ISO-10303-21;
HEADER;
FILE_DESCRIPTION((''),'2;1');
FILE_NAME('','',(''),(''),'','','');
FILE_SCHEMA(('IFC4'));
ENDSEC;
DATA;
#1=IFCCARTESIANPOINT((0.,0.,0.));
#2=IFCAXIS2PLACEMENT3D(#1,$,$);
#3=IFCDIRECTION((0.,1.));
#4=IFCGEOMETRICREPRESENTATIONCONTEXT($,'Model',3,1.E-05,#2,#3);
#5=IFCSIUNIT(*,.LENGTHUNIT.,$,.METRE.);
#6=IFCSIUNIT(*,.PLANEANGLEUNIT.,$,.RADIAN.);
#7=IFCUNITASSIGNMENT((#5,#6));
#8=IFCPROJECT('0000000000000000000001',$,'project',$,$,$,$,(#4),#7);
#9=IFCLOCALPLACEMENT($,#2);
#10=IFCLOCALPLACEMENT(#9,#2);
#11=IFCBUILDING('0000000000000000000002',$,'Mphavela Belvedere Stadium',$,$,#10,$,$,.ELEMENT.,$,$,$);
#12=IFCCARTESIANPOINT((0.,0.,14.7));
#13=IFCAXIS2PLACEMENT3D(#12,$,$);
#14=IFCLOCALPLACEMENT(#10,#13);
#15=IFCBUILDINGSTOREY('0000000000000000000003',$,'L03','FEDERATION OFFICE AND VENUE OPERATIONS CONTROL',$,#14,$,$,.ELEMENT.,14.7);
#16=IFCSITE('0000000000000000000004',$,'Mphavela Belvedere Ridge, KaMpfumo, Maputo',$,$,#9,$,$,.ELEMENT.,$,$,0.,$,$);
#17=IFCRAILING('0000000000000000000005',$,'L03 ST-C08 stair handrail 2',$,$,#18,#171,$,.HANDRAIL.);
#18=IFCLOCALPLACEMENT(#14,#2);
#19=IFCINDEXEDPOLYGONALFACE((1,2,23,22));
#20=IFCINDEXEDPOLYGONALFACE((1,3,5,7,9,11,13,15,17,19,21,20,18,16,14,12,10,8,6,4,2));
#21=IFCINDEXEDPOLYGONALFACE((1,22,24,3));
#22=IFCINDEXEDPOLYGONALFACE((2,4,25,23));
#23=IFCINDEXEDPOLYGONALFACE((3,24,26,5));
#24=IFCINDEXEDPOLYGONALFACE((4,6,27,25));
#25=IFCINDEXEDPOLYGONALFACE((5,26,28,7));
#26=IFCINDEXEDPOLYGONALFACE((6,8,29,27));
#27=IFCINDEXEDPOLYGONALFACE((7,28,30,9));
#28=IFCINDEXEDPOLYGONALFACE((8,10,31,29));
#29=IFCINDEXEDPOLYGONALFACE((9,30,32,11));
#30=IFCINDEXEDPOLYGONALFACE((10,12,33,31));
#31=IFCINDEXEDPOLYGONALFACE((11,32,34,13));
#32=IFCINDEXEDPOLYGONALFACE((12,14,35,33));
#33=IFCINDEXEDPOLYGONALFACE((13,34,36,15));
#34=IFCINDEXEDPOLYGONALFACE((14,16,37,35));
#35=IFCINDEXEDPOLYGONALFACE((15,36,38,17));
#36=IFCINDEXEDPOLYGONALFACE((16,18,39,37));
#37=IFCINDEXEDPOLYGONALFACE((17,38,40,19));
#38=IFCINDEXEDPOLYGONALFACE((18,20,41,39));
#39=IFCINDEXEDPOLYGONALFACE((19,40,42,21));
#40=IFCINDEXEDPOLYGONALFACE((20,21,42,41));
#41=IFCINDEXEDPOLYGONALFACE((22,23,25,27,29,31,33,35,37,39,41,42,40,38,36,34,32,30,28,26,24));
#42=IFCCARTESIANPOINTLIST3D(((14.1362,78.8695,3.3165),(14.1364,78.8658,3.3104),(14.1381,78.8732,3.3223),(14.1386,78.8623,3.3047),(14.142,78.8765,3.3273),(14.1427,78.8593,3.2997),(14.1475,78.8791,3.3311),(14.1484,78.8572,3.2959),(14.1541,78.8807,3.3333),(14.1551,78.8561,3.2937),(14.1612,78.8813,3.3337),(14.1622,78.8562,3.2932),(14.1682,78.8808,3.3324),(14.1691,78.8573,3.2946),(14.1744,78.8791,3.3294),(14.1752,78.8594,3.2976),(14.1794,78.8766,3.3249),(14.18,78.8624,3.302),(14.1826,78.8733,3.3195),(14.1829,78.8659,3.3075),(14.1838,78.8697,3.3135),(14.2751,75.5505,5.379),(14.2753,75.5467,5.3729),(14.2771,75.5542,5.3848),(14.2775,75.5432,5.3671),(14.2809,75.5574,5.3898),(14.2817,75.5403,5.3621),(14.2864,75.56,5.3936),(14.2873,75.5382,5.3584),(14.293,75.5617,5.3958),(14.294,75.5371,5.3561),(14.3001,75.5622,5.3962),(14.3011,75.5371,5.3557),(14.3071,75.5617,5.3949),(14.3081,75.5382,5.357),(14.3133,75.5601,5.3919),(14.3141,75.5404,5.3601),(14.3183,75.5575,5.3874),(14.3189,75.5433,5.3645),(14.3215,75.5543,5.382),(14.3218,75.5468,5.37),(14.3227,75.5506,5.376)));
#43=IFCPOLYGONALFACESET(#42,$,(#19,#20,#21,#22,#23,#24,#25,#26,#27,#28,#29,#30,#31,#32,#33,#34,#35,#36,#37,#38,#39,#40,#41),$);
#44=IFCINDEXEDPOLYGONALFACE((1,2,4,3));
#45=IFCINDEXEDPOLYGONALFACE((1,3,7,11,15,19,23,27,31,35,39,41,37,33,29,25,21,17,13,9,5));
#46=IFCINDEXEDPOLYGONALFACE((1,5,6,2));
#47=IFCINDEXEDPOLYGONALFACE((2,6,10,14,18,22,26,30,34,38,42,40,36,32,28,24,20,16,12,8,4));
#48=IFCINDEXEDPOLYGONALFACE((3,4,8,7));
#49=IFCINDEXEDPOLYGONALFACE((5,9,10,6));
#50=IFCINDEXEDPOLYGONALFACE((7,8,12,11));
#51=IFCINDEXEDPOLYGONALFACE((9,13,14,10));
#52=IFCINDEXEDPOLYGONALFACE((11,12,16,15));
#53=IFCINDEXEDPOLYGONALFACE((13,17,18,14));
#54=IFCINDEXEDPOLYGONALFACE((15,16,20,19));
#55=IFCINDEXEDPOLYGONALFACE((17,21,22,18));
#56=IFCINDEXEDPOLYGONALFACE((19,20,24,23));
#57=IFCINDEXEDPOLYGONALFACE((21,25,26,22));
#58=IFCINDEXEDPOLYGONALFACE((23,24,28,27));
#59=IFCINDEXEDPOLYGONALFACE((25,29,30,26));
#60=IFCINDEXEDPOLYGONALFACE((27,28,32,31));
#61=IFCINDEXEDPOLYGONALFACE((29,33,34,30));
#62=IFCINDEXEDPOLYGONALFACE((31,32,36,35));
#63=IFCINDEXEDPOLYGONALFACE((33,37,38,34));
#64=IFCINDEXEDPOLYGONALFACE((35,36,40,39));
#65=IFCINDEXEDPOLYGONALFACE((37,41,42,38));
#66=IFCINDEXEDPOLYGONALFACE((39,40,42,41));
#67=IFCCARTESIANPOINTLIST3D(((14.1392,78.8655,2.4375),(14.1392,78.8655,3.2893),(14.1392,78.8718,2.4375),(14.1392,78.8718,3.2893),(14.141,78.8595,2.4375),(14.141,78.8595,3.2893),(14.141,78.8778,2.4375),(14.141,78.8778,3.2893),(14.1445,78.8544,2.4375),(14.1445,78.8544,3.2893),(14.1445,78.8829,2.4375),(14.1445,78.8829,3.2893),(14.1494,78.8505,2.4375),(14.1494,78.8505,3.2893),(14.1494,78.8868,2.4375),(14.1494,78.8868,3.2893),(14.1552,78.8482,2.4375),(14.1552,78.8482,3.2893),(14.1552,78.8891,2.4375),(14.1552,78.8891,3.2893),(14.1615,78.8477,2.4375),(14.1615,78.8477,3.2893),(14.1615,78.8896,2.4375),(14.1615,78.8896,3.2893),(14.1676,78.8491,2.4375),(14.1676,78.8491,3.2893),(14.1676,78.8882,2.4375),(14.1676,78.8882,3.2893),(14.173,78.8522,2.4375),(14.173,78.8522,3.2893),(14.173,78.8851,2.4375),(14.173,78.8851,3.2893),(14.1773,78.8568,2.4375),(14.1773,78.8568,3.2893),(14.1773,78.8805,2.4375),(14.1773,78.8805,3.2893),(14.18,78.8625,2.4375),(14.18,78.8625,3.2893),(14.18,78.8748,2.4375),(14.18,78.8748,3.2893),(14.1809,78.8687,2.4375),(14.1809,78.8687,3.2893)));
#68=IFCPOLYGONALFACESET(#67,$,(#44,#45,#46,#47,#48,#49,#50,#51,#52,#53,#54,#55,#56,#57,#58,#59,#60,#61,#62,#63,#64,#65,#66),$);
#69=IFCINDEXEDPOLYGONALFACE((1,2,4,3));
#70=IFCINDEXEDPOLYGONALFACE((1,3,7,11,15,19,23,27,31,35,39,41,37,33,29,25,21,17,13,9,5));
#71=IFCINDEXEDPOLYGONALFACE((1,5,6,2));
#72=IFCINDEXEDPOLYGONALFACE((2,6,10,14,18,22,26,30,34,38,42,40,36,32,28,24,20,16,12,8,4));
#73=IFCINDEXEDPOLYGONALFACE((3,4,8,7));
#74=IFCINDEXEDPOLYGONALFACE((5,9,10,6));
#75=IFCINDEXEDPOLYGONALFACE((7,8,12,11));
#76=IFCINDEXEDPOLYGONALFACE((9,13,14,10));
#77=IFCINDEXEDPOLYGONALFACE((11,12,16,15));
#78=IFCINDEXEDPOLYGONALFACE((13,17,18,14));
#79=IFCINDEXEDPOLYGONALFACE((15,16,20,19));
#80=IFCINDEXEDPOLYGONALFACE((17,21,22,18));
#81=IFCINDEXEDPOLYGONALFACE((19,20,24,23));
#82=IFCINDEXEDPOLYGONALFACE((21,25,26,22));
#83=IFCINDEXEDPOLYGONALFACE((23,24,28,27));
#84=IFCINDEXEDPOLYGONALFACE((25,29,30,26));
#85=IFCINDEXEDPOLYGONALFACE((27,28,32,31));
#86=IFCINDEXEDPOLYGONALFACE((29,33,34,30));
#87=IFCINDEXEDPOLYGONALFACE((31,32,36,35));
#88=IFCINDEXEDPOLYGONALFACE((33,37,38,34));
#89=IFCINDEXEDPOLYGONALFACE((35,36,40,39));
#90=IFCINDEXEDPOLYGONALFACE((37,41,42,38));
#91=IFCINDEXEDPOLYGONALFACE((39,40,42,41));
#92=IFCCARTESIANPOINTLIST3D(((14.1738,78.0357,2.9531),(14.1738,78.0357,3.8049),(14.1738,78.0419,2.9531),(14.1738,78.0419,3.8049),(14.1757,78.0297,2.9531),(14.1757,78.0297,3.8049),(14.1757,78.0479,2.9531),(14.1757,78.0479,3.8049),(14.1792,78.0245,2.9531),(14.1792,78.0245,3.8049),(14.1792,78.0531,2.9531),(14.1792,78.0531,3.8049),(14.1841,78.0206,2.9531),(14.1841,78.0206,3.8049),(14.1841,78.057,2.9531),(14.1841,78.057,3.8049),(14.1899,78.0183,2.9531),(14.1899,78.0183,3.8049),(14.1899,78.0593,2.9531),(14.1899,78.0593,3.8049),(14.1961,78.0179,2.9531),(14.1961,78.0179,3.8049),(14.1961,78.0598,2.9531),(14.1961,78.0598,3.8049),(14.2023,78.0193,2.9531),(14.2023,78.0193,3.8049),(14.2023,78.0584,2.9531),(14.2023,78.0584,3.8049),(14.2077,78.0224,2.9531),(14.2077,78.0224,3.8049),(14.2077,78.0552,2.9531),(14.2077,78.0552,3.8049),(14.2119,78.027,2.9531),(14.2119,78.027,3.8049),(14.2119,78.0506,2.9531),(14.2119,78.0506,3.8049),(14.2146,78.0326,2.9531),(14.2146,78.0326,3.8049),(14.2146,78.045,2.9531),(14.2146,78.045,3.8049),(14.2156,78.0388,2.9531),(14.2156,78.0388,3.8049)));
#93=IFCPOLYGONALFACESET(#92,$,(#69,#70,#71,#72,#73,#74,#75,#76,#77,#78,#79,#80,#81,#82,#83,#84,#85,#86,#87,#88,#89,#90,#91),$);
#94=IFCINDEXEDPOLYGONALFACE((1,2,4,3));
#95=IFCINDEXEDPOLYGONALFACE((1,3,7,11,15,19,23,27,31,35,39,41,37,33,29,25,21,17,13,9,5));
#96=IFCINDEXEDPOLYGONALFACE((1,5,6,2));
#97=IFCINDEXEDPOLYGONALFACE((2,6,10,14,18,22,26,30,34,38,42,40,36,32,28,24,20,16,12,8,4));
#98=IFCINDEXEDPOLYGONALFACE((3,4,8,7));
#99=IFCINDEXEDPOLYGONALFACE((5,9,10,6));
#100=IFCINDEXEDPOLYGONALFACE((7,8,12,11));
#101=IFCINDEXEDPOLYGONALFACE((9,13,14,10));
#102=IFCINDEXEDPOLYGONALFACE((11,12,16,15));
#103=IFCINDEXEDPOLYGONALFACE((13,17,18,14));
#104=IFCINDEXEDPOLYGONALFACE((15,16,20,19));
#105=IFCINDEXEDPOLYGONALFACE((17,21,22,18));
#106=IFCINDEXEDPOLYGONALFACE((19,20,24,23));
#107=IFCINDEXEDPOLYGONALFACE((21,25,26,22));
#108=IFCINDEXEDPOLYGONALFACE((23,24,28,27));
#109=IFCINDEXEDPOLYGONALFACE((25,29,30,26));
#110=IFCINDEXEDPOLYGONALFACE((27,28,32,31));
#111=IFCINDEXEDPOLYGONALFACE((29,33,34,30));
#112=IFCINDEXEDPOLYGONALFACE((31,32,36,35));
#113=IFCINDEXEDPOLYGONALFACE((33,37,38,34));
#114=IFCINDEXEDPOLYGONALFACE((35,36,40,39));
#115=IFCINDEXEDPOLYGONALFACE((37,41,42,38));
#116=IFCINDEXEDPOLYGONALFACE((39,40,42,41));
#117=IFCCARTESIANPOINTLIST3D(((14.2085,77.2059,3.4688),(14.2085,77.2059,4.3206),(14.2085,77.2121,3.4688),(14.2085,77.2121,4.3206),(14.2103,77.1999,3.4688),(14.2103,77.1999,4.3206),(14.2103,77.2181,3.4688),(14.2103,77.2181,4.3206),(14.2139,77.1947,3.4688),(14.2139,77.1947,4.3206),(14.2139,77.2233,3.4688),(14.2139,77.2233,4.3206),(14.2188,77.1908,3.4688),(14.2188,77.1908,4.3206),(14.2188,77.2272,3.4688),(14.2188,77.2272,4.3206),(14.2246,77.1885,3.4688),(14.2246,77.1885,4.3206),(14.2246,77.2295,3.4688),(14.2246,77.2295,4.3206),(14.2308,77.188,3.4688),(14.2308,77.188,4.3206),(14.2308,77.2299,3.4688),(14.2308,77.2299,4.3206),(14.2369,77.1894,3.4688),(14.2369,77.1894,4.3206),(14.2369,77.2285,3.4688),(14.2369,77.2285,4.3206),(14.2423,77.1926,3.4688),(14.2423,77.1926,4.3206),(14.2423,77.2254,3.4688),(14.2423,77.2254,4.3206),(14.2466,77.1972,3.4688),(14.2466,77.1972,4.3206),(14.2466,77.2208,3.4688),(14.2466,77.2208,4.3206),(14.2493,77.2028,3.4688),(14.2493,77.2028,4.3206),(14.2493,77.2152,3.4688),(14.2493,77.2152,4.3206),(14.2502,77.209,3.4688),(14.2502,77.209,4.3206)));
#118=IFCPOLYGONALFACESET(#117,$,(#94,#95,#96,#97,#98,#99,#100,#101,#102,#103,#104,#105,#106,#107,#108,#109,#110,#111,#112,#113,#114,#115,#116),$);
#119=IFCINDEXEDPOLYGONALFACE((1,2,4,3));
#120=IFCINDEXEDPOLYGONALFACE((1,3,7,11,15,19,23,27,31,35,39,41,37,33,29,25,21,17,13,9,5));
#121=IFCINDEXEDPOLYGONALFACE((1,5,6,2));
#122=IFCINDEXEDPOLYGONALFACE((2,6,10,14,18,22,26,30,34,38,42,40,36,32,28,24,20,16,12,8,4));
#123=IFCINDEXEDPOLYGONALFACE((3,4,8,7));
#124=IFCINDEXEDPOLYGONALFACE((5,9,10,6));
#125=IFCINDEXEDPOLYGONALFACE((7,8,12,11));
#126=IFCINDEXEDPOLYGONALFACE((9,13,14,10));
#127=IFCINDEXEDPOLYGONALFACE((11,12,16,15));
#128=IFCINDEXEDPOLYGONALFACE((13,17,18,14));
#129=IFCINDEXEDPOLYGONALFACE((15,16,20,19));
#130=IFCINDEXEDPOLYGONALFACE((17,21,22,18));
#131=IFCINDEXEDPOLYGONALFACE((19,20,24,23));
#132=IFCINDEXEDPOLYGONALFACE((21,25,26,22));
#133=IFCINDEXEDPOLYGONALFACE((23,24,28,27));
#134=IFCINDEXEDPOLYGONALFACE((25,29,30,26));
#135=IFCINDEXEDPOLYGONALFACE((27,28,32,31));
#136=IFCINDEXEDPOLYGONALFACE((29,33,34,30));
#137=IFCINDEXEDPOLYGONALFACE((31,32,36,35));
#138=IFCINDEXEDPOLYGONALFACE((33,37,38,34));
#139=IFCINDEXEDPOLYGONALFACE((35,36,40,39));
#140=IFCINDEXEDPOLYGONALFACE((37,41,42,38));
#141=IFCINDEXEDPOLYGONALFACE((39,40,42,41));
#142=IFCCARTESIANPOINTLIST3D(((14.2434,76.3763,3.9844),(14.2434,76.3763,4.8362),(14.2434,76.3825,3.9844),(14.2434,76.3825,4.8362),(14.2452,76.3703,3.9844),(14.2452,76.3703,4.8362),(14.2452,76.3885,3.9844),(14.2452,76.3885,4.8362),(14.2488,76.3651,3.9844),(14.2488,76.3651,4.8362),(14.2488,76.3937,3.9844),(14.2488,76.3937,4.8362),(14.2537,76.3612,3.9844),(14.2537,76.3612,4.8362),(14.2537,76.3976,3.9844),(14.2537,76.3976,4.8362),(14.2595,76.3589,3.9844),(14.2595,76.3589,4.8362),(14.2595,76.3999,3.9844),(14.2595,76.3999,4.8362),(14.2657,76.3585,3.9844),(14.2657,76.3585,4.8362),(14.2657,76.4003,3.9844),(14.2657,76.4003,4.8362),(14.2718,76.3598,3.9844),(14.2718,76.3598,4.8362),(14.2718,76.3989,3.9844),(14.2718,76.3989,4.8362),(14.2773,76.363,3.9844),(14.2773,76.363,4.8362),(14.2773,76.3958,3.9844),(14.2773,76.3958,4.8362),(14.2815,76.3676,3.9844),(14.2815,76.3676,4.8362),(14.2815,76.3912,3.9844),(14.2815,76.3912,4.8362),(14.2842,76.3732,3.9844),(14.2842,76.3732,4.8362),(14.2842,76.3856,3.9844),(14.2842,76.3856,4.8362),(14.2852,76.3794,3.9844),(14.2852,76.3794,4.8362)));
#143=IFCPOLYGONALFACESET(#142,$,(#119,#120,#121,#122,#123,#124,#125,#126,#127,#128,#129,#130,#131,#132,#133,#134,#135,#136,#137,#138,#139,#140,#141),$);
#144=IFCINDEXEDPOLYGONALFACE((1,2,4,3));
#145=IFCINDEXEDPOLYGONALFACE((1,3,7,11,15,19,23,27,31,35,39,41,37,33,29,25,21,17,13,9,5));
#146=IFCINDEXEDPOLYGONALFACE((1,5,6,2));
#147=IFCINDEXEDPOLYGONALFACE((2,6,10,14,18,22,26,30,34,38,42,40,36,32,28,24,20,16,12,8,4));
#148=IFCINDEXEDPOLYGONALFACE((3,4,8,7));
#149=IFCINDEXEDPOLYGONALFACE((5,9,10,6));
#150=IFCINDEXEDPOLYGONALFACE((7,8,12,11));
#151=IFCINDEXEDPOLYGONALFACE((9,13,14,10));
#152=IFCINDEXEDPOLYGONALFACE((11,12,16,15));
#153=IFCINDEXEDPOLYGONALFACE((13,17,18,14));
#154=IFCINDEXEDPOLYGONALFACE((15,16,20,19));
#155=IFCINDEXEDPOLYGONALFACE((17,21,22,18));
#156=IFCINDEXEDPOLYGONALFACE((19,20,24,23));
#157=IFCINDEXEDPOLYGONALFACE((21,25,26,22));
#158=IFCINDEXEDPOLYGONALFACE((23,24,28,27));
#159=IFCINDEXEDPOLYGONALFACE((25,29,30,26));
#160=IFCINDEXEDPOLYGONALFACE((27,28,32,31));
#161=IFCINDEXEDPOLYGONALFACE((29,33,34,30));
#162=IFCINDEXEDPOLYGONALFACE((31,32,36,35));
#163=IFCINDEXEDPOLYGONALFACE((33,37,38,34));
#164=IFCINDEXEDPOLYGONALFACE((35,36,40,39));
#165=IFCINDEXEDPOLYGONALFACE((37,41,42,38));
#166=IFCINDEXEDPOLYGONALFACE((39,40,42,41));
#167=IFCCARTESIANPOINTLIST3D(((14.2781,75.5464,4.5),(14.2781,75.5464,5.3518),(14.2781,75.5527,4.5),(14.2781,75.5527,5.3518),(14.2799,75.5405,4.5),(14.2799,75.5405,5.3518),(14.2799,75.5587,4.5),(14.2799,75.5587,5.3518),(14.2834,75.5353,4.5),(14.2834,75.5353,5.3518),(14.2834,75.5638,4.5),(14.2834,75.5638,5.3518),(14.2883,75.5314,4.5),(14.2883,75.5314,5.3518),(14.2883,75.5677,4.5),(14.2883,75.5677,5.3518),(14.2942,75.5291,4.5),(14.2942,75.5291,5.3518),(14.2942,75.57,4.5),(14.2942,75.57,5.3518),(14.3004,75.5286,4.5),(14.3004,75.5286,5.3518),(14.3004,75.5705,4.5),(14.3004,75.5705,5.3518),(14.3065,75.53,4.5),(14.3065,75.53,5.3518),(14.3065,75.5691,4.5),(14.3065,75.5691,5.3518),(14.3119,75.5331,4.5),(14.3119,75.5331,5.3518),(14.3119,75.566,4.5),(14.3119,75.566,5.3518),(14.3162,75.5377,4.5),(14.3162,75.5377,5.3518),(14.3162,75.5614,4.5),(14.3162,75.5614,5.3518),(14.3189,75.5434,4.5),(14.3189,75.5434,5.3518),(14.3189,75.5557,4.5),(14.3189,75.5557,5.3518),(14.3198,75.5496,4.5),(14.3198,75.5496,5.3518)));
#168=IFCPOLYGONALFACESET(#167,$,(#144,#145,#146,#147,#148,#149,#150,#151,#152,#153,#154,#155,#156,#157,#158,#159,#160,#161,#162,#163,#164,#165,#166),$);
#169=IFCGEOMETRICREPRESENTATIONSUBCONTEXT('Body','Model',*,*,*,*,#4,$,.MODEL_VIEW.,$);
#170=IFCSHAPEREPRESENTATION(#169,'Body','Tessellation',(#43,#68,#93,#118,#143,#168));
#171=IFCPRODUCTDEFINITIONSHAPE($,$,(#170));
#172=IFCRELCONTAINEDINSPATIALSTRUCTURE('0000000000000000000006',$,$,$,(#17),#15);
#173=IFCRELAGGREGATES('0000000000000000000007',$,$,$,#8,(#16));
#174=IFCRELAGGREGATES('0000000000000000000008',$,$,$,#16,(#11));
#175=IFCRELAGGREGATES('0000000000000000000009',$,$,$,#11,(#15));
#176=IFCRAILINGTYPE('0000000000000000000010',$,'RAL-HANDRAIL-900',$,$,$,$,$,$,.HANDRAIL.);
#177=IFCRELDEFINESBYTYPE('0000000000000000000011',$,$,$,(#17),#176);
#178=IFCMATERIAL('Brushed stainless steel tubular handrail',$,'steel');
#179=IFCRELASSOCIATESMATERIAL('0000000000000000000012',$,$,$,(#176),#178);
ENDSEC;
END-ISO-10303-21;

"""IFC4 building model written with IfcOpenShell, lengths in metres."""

from ifc_helpers import new_model, si_unit, direction, frame, origin, origin_2d, place, context, subcontext, project, spatial, circle, extrude, material, type_object, element, save


model = new_model("IFC4")

# Units and contexts
model_context = context("Model", 3, precision=1e-05, world=origin(), true_north=direction((0.0, 1.0)))
body_context = subcontext(model_context, "Body", "Model", "MODEL_VIEW")
ifc_project = project(units=[si_unit("LENGTHUNIT", "METRE"), si_unit("PLANEANGLEUNIT", "RADIAN")], contexts=[model_context])

# Site, building, storey
site_placement = place(None, origin())
site = spatial("IfcSite", under=ifc_project, at=site_placement, Name="Mphavela Belvedere Ridge, KaMpfumo, Maputo", CompositionType="ELEMENT", RefElevation=0.0)
building_placement = place(site_placement, origin())
building = spatial("IfcBuilding", under=site, at=building_placement, Name="Mphavela Belvedere Stadium", CompositionType="ELEMENT")
storey_placement = place(building_placement, frame((0.0, 0.0, 14.7)))
storey = spatial("IfcBuildingStorey", under=building, at=storey_placement, Name="L03", Description="FEDERATION OFFICE AND VENUE OPERATIONS CONTROL", CompositionType="ELEMENT", Elevation=14.7)

# Railing
ifc_material_1 = material(Name="Brushed stainless steel tubular handrail", Category="steel")
railing_type = type_object("IfcRailingType", Name="RAL-HANDRAIL-900", PredefinedType="HANDRAIL", material=ifc_material_1)
railing_placement = place(storey_placement, frame((14.1599, 78.8687, 2.4375)))
element("IfcRailing", 1, at=railing_placement, inside=storey, type_object=railing_type, Name="L03 ST-C08 stair handrail 2", PredefinedType="HANDRAIL", context=body_context, shape_type="SweptSolid", body=[
    extrude(circle(Radius=0.0239, at=origin_2d()), frame((0.0, 0.0, 0.876), z_axis=(0.035527, -0.848832, 0.527468), x_axis=(0.999125, 0.041817, 0.0)), (0.0, 0.0, 1.0), 3.9102),
    extrude(circle(Radius=0.021, at=origin_2d()), origin(), (0.0, 0.0, 1.0), 0.8518),
    extrude(circle(Radius=0.021, at=origin_2d()), frame((0.0347, -0.8298, 0.5156)), (0.0, 0.0, 1.0), 0.8518),
    extrude(circle(Radius=0.021, at=origin_2d()), frame((0.0693, -1.6597, 1.0312)), (0.0, 0.0, 1.0), 0.8518),
    extrude(circle(Radius=0.021, at=origin_2d()), frame((0.1042, -2.4893, 1.5469)), (0.0, 0.0, 1.0), 0.8518),
    extrude(circle(Radius=0.021, at=origin_2d()), frame((0.1389, -3.3191, 2.0625)), (0.0, 0.0, 1.0), 0.8518),
])

save(model, "model.ifc")
